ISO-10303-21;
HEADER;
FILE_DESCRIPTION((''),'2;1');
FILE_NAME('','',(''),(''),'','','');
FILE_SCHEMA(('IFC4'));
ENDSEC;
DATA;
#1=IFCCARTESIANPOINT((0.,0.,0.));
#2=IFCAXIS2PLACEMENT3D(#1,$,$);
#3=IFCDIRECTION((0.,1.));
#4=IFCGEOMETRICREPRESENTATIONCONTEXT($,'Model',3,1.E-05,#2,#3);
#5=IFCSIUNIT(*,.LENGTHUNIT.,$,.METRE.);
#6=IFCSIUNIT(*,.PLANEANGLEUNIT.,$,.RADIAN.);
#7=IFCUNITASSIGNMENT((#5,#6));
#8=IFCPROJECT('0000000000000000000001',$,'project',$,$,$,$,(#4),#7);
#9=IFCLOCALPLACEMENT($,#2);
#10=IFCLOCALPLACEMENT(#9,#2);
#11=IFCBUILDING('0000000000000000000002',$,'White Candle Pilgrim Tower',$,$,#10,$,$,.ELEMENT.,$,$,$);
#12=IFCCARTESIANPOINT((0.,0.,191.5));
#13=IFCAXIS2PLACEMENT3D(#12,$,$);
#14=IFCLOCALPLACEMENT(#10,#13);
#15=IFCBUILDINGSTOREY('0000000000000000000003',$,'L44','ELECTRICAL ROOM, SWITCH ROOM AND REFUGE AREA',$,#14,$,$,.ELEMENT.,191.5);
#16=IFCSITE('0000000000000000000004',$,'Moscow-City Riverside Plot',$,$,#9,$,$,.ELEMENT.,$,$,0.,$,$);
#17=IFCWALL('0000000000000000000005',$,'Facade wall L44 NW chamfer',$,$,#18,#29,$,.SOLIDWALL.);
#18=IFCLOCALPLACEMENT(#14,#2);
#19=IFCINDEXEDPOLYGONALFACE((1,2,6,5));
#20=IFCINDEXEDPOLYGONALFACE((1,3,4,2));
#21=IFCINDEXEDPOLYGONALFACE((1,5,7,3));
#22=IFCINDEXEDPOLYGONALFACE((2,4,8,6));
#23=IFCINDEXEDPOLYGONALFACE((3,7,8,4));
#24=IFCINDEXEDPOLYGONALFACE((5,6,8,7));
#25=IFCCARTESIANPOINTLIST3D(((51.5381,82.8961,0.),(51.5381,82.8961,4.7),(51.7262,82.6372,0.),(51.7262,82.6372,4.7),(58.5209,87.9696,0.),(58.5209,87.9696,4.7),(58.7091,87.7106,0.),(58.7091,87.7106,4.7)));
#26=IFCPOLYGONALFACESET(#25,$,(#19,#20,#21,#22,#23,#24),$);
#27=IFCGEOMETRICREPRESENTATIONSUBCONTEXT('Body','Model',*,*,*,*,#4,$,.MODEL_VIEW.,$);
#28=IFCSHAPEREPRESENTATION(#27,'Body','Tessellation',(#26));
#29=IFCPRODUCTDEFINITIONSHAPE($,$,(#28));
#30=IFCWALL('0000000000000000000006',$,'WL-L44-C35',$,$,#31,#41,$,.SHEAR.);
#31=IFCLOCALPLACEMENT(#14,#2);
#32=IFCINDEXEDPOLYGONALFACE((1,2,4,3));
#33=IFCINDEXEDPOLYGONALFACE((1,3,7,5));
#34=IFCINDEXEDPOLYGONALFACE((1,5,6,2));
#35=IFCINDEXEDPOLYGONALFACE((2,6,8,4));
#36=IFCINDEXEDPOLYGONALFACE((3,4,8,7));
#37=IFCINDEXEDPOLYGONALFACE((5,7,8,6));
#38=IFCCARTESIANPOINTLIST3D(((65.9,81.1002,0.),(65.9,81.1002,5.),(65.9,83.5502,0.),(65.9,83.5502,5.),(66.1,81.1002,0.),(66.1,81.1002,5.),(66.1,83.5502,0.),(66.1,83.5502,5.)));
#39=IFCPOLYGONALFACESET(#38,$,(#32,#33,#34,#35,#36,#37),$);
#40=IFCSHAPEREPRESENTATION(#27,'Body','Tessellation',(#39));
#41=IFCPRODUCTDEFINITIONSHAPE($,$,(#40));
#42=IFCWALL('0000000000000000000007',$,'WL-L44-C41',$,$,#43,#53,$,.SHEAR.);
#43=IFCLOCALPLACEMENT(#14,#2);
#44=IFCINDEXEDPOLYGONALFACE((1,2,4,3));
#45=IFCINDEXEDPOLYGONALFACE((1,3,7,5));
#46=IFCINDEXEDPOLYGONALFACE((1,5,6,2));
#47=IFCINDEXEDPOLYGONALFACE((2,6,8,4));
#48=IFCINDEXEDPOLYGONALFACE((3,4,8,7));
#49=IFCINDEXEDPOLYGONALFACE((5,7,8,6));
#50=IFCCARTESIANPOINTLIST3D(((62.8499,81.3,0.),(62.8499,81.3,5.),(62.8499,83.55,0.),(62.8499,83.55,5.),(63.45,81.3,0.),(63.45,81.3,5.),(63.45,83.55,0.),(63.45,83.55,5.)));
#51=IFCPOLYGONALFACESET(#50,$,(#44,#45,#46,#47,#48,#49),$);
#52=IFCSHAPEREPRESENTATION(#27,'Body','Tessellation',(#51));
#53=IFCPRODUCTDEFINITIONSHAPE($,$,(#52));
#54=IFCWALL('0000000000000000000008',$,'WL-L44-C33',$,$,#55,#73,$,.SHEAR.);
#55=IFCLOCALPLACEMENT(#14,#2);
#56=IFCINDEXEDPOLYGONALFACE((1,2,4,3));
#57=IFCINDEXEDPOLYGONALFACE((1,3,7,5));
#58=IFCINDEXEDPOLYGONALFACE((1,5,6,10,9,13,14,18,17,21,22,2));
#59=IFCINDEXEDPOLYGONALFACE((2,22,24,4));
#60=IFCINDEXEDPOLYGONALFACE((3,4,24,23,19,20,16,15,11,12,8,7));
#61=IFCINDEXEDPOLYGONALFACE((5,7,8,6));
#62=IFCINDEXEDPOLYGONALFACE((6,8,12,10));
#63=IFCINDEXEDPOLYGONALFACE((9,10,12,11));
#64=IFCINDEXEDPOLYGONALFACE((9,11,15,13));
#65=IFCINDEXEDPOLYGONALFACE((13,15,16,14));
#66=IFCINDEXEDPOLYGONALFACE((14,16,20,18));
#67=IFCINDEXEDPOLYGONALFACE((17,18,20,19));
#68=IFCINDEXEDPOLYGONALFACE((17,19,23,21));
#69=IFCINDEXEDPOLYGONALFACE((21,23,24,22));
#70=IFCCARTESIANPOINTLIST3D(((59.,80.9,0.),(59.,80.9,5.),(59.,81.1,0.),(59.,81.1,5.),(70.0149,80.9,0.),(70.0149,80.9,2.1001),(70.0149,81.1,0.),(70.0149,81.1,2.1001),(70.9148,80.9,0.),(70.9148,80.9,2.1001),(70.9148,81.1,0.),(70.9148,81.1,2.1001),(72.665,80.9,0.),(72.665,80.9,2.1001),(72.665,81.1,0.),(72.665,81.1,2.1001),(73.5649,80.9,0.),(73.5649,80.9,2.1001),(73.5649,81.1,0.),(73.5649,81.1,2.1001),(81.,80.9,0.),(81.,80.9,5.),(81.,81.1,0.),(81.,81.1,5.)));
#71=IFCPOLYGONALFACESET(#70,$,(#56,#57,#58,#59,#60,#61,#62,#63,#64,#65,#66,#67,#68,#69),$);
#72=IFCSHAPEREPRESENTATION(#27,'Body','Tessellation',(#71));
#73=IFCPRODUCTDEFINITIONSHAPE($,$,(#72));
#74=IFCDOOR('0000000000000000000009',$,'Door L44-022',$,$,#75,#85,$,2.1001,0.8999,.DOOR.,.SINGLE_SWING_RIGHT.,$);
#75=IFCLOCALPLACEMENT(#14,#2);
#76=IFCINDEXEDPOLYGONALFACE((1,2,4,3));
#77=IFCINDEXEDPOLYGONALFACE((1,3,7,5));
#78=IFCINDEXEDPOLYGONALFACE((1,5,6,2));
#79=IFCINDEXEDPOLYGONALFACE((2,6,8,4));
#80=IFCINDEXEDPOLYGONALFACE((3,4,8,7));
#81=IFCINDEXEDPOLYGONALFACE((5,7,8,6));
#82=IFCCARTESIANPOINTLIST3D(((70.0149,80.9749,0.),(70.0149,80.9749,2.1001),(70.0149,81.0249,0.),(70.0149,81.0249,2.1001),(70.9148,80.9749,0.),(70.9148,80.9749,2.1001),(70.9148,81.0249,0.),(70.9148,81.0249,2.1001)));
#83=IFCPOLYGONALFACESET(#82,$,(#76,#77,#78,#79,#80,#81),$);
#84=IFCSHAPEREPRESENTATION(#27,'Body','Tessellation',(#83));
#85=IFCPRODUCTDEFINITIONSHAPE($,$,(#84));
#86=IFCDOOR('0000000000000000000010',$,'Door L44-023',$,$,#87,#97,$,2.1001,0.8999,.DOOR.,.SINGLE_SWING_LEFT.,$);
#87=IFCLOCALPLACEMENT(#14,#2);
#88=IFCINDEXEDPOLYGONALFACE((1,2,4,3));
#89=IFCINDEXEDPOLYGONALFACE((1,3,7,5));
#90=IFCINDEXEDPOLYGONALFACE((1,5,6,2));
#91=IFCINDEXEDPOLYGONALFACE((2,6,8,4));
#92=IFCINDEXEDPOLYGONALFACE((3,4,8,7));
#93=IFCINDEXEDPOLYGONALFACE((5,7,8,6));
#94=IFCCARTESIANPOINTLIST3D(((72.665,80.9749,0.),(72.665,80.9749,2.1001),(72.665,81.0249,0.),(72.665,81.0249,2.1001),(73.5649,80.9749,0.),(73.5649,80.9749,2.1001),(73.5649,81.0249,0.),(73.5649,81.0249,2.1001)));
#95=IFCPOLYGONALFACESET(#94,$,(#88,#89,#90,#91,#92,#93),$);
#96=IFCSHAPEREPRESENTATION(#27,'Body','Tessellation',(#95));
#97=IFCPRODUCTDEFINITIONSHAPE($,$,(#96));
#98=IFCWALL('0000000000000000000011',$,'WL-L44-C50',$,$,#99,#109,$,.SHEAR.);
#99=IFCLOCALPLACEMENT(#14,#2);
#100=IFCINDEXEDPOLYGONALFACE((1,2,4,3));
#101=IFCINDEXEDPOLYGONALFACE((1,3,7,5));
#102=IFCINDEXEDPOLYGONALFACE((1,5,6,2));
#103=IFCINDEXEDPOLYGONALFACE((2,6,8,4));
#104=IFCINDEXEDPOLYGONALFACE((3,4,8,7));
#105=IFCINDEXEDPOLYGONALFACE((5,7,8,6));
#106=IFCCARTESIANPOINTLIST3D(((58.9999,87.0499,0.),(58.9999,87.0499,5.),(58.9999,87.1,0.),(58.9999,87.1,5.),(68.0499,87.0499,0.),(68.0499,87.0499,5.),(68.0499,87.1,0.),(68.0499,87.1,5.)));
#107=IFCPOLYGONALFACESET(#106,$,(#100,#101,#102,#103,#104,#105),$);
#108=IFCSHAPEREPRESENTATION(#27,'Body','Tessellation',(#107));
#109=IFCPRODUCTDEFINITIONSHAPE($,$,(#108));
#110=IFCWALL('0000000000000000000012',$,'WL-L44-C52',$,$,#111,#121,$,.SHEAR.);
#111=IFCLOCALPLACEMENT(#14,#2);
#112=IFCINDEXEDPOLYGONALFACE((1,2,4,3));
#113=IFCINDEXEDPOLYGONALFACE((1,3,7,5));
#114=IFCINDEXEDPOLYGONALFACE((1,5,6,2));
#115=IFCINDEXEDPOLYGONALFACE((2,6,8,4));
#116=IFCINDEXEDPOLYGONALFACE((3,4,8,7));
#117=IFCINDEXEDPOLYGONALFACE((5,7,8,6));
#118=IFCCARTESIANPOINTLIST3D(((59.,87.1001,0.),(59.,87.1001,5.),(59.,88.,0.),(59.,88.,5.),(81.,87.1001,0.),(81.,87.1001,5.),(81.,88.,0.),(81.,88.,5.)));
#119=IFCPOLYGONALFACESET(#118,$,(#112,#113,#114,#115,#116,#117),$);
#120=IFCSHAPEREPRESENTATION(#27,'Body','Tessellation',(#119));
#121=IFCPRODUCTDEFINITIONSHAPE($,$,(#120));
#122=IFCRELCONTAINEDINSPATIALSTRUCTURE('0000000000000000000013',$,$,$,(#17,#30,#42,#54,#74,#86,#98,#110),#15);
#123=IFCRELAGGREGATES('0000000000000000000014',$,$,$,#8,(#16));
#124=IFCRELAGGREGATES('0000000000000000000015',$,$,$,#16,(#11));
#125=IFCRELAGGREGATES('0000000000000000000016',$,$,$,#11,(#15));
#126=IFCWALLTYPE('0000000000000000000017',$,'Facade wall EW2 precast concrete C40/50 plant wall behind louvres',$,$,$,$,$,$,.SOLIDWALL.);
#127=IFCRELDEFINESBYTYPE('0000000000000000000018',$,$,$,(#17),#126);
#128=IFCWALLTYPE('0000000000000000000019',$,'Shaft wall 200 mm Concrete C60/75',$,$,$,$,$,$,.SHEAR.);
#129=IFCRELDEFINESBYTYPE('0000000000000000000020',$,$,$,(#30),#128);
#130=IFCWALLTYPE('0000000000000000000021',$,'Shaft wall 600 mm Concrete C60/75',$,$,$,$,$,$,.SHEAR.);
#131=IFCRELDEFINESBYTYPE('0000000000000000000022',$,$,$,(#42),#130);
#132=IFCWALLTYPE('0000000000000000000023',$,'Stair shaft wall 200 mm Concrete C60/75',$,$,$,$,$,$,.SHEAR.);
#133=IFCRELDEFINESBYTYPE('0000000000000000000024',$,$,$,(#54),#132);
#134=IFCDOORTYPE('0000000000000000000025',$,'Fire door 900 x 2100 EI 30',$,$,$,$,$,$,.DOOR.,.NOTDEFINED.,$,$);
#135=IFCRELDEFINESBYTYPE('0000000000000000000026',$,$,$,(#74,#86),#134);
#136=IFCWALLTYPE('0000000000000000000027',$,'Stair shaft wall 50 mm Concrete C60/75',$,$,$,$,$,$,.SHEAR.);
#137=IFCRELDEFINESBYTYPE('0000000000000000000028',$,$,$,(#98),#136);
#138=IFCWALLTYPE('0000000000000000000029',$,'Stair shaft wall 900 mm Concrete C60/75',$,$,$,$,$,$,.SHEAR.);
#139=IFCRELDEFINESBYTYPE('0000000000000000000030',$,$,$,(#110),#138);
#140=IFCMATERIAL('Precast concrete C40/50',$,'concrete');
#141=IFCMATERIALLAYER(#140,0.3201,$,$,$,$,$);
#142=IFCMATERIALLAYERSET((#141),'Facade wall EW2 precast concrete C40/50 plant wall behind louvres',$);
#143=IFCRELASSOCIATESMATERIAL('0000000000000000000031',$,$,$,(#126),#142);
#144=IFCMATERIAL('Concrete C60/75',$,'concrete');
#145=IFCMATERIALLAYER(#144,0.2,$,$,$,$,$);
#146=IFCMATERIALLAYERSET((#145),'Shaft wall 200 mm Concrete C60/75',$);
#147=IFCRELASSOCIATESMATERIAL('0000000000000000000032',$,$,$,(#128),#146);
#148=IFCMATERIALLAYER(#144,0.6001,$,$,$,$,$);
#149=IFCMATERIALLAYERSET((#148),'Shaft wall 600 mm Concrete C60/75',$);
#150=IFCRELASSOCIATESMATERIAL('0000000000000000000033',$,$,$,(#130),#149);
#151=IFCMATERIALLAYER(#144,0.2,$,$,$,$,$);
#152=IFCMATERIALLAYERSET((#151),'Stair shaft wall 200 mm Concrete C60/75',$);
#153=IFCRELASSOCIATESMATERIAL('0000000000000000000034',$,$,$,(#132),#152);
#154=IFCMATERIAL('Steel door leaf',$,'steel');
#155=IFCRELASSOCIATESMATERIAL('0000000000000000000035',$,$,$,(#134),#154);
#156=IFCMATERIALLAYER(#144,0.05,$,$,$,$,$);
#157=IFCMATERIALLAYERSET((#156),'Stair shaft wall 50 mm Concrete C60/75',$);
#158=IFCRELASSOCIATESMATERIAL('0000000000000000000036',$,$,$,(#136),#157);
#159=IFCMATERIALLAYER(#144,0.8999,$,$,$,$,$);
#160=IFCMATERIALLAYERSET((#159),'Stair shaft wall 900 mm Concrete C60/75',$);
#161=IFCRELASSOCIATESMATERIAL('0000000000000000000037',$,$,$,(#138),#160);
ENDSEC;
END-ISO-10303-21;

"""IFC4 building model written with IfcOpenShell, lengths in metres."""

from ifc_helpers import new_model, si_unit, direction, frame, frame_2d, origin, place, context, subcontext, project, spatial, rectangle, extrude, material, layer, layer_set, type_object, element, fill, save


model = new_model("IFC4")

# Units and contexts
model_context = context("Model", 3, precision=1e-05, world=origin(), true_north=direction((0.0, 1.0)))
body_context = subcontext(model_context, "Body", "Model", "MODEL_VIEW")
ifc_project = project(units=[si_unit("LENGTHUNIT", "METRE"), si_unit("PLANEANGLEUNIT", "RADIAN")], contexts=[model_context])

# Site, building, storey
site_placement = place(None, origin())
site = spatial("IfcSite", under=ifc_project, at=site_placement, Name="Moscow-City Riverside Plot", CompositionType="ELEMENT", RefElevation=0.0)
building_placement = place(site_placement, origin())
building = spatial("IfcBuilding", under=site, at=building_placement, Name="White Candle Pilgrim Tower", CompositionType="ELEMENT")
storey_placement = place(building_placement, frame((0.0, 0.0, 191.5)))
storey = spatial("IfcBuildingStorey", under=building, at=storey_placement, Name="L44", Description="ELECTRICAL ROOM, SWITCH ROOM AND REFUGE AREA", CompositionType="ELEMENT", Elevation=191.5)

# Shared definitions
ifc_material_1 = material(Name="Concrete C60/75", Category="concrete")

# Shared definitions
ifc_material_2 = material(Name="Steel door leaf", Category="steel")

# Walls
ifc_material_3 = material(Name="Precast concrete C40/50", Category="concrete")
ifc_layer_1 = layer(ifc_material_3, 0.3201)
ifc_layer_set_1 = layer_set([ifc_layer_1], Name="Facade wall EW2 precast concrete C40/50 plant wall behind louvres")
wall_type_1 = type_object("IfcWallType", Name="Facade wall EW2 precast concrete C40/50 plant wall behind louvres", PredefinedType="SOLIDWALL", material=ifc_layer_set_1)
wall_1_placement = place(storey_placement, frame((58.615, 87.8401, 0.0), z_axis=(0.0, 0.0, 1.0), x_axis=(-0.809011, -0.587793, 0.0)))
element("IfcWall", 1, at=wall_1_placement, inside=storey, type_object=wall_type_1, Name="Facade wall L44 NW chamfer", PredefinedType="SOLIDWALL", context=body_context, shape_type="SweptSolid", body=[
    extrude(rectangle(XDim=8.6313, YDim=0.3201, at=frame_2d((4.3157, 0.0))), origin(), (0.0, 0.0, 1.0), 4.7),
])
ifc_layer_2 = layer(ifc_material_1, 0.2)
ifc_layer_set_2 = layer_set([ifc_layer_2], Name="Shaft wall 200 mm Concrete C60/75")
wall_type_2 = type_object("IfcWallType", Name="Shaft wall 200 mm Concrete C60/75", PredefinedType="SHEAR", material=ifc_layer_set_2)
wall_2_placement = place(storey_placement, frame((66.0, 81.1001, 0.0), z_axis=(0.0, 0.0, 1.0), x_axis=(0.0, 1.0, 0.0)))
element("IfcWall", 2, at=wall_2_placement, inside=storey, type_object=wall_type_2, Name="WL-L44-C35", PredefinedType="SHEAR", context=body_context, shape_type="SweptSolid", body=[
    extrude(rectangle(XDim=2.45, YDim=0.2, at=frame_2d((1.2251, 0.0))), origin(), (0.0, 0.0, 1.0), 5.0),
])
ifc_layer_3 = layer(ifc_material_1, 0.6001)
ifc_layer_set_3 = layer_set([ifc_layer_3], Name="Shaft wall 600 mm Concrete C60/75")
wall_type_3 = type_object("IfcWallType", Name="Shaft wall 600 mm Concrete C60/75", PredefinedType="SHEAR", material=ifc_layer_set_3)
wall_3_placement = place(storey_placement, frame((63.1499, 81.3, 0.0), z_axis=(0.0, 0.0, 1.0), x_axis=(0.0, 1.0, 0.0)))
element("IfcWall", 3, at=wall_3_placement, inside=storey, type_object=wall_type_3, Name="WL-L44-C41", PredefinedType="SHEAR", context=body_context, shape_type="SweptSolid", body=[
    extrude(rectangle(XDim=2.25, YDim=0.6001, at=frame_2d((1.125, 0.0))), origin(), (0.0, 0.0, 1.0), 5.0),
])

# Wall, openings, doors
ifc_layer_4 = layer(ifc_material_1, 0.2)
ifc_layer_set_4 = layer_set([ifc_layer_4], Name="Stair shaft wall 200 mm Concrete C60/75")
wall_type_4 = type_object("IfcWallType", Name="Stair shaft wall 200 mm Concrete C60/75", PredefinedType="SHEAR", material=ifc_layer_set_4)
wall_4_placement = place(storey_placement, frame((59.0, 81.0, 0.0), z_axis=(0.0, 0.0, 1.0), x_axis=(1.0, 0.0, 0.0)))
wall_4 = element("IfcWall", 4, at=wall_4_placement, inside=storey, type_object=wall_type_4, Name="WL-L44-C33", PredefinedType="SHEAR", context=body_context, shape_type="SweptSolid", body=[
    extrude(rectangle(XDim=22.0, YDim=0.2, at=frame_2d((11.0, 0.0))), origin(), (0.0, 0.0, 1.0), 5.0),
])
opening_1_placement = place(wall_4_placement, frame((11.0149, 0.0, 0.0)))
opening_1 = element("IfcOpeningElement", 5, at=opening_1_placement, cuts=wall_4, PredefinedType="OPENING", context=body_context, shape_type="SweptSolid", body=[
    extrude(rectangle(XDim=0.8999, YDim=2.1001, at=frame_2d((0.45, 1.05))), frame((0.0, 0.1099, 0.0), z_axis=(0.0, -1.0, 0.0), x_axis=(1.0, 0.0, 0.0)), (0.0, 0.0, 1.0), 0.22),
])
opening_2_placement = place(wall_4_placement, frame((13.665, 0.0, 0.0)))
opening_2 = element("IfcOpeningElement", 6, at=opening_2_placement, cuts=wall_4, PredefinedType="OPENING", context=body_context, shape_type="SweptSolid", body=[
    extrude(rectangle(XDim=0.8999, YDim=2.1001, at=frame_2d((0.45, 1.05))), frame((0.0, 0.1099, 0.0), z_axis=(0.0, -1.0, 0.0), x_axis=(1.0, 0.0, 0.0)), (0.0, 0.0, 1.0), 0.22),
])
door_type_1 = type_object("IfcDoorType", Name="Fire door 900 x 2100 EI 30", OperationType="NOTDEFINED", PredefinedType="DOOR", material=ifc_material_2)
door_1_placement = place(opening_1_placement, origin())
door_1 = element("IfcDoor", 7, at=door_1_placement, inside=storey, type_object=door_type_1, Name="Door L44-022", OperationType="SINGLE_SWING_RIGHT", OverallHeight=2.1001, OverallWidth=0.8999, PredefinedType="DOOR", context=body_context, shape_type="SweptSolid", body=[
    extrude(rectangle(XDim=0.8999, YDim=2.1001, at=frame_2d((0.45, 1.05))), frame((0.0, 0.0249, 0.0), z_axis=(0.0, -1.0, 0.0), x_axis=(1.0, 0.0, 0.0)), (0.0, 0.0, 1.0), 0.05),
])
fill(opening_1, door_1)
door_2_placement = place(opening_2_placement, origin())
door_2 = element("IfcDoor", 8, at=door_2_placement, inside=storey, type_object=door_type_1, Name="Door L44-023", OperationType="SINGLE_SWING_LEFT", OverallHeight=2.1001, OverallWidth=0.8999, PredefinedType="DOOR", context=body_context, shape_type="SweptSolid", body=[
    extrude(rectangle(XDim=0.8999, YDim=2.1001, at=frame_2d((0.45, 1.05))), frame((0.0, 0.0249, 0.0), z_axis=(0.0, -1.0, 0.0), x_axis=(1.0, 0.0, 0.0)), (0.0, 0.0, 1.0), 0.05),
])
fill(opening_2, door_2)

# Walls
ifc_layer_5 = layer(ifc_material_1, 0.05)
ifc_layer_set_5 = layer_set([ifc_layer_5], Name="Stair shaft wall 50 mm Concrete C60/75")
wall_type_5 = type_object("IfcWallType", Name="Stair shaft wall 50 mm Concrete C60/75", PredefinedType="SHEAR", material=ifc_layer_set_5)
wall_5_placement = place(storey_placement, frame((59.0, 87.075, 0.0), z_axis=(0.0, 0.0, 1.0), x_axis=(1.0, 0.0, 0.0)))
element("IfcWall", 9, at=wall_5_placement, inside=storey, type_object=wall_type_5, Name="WL-L44-C50", PredefinedType="SHEAR", context=body_context, shape_type="SweptSolid", body=[
    extrude(rectangle(XDim=9.05, YDim=0.05, at=frame_2d((4.5249, 0.0))), origin(), (0.0, 0.0, 1.0), 5.0),
])
ifc_layer_6 = layer(ifc_material_1, 0.8999)
ifc_layer_set_6 = layer_set([ifc_layer_6], Name="Stair shaft wall 900 mm Concrete C60/75")
wall_type_6 = type_object("IfcWallType", Name="Stair shaft wall 900 mm Concrete C60/75", PredefinedType="SHEAR", material=ifc_layer_set_6)
wall_6_placement = place(storey_placement, frame((59.0, 87.55, 0.0), z_axis=(0.0, 0.0, 1.0), x_axis=(1.0, 0.0, 0.0)))
element("IfcWall", 10, at=wall_6_placement, inside=storey, type_object=wall_type_6, Name="WL-L44-C52", PredefinedType="SHEAR", context=body_context, shape_type="SweptSolid", body=[
    extrude(rectangle(XDim=22.0, YDim=0.8999, at=frame_2d((11.0, 0.0))), origin(), (0.0, 0.0, 1.0), 5.0),
])

save(model, "model.ifc")
